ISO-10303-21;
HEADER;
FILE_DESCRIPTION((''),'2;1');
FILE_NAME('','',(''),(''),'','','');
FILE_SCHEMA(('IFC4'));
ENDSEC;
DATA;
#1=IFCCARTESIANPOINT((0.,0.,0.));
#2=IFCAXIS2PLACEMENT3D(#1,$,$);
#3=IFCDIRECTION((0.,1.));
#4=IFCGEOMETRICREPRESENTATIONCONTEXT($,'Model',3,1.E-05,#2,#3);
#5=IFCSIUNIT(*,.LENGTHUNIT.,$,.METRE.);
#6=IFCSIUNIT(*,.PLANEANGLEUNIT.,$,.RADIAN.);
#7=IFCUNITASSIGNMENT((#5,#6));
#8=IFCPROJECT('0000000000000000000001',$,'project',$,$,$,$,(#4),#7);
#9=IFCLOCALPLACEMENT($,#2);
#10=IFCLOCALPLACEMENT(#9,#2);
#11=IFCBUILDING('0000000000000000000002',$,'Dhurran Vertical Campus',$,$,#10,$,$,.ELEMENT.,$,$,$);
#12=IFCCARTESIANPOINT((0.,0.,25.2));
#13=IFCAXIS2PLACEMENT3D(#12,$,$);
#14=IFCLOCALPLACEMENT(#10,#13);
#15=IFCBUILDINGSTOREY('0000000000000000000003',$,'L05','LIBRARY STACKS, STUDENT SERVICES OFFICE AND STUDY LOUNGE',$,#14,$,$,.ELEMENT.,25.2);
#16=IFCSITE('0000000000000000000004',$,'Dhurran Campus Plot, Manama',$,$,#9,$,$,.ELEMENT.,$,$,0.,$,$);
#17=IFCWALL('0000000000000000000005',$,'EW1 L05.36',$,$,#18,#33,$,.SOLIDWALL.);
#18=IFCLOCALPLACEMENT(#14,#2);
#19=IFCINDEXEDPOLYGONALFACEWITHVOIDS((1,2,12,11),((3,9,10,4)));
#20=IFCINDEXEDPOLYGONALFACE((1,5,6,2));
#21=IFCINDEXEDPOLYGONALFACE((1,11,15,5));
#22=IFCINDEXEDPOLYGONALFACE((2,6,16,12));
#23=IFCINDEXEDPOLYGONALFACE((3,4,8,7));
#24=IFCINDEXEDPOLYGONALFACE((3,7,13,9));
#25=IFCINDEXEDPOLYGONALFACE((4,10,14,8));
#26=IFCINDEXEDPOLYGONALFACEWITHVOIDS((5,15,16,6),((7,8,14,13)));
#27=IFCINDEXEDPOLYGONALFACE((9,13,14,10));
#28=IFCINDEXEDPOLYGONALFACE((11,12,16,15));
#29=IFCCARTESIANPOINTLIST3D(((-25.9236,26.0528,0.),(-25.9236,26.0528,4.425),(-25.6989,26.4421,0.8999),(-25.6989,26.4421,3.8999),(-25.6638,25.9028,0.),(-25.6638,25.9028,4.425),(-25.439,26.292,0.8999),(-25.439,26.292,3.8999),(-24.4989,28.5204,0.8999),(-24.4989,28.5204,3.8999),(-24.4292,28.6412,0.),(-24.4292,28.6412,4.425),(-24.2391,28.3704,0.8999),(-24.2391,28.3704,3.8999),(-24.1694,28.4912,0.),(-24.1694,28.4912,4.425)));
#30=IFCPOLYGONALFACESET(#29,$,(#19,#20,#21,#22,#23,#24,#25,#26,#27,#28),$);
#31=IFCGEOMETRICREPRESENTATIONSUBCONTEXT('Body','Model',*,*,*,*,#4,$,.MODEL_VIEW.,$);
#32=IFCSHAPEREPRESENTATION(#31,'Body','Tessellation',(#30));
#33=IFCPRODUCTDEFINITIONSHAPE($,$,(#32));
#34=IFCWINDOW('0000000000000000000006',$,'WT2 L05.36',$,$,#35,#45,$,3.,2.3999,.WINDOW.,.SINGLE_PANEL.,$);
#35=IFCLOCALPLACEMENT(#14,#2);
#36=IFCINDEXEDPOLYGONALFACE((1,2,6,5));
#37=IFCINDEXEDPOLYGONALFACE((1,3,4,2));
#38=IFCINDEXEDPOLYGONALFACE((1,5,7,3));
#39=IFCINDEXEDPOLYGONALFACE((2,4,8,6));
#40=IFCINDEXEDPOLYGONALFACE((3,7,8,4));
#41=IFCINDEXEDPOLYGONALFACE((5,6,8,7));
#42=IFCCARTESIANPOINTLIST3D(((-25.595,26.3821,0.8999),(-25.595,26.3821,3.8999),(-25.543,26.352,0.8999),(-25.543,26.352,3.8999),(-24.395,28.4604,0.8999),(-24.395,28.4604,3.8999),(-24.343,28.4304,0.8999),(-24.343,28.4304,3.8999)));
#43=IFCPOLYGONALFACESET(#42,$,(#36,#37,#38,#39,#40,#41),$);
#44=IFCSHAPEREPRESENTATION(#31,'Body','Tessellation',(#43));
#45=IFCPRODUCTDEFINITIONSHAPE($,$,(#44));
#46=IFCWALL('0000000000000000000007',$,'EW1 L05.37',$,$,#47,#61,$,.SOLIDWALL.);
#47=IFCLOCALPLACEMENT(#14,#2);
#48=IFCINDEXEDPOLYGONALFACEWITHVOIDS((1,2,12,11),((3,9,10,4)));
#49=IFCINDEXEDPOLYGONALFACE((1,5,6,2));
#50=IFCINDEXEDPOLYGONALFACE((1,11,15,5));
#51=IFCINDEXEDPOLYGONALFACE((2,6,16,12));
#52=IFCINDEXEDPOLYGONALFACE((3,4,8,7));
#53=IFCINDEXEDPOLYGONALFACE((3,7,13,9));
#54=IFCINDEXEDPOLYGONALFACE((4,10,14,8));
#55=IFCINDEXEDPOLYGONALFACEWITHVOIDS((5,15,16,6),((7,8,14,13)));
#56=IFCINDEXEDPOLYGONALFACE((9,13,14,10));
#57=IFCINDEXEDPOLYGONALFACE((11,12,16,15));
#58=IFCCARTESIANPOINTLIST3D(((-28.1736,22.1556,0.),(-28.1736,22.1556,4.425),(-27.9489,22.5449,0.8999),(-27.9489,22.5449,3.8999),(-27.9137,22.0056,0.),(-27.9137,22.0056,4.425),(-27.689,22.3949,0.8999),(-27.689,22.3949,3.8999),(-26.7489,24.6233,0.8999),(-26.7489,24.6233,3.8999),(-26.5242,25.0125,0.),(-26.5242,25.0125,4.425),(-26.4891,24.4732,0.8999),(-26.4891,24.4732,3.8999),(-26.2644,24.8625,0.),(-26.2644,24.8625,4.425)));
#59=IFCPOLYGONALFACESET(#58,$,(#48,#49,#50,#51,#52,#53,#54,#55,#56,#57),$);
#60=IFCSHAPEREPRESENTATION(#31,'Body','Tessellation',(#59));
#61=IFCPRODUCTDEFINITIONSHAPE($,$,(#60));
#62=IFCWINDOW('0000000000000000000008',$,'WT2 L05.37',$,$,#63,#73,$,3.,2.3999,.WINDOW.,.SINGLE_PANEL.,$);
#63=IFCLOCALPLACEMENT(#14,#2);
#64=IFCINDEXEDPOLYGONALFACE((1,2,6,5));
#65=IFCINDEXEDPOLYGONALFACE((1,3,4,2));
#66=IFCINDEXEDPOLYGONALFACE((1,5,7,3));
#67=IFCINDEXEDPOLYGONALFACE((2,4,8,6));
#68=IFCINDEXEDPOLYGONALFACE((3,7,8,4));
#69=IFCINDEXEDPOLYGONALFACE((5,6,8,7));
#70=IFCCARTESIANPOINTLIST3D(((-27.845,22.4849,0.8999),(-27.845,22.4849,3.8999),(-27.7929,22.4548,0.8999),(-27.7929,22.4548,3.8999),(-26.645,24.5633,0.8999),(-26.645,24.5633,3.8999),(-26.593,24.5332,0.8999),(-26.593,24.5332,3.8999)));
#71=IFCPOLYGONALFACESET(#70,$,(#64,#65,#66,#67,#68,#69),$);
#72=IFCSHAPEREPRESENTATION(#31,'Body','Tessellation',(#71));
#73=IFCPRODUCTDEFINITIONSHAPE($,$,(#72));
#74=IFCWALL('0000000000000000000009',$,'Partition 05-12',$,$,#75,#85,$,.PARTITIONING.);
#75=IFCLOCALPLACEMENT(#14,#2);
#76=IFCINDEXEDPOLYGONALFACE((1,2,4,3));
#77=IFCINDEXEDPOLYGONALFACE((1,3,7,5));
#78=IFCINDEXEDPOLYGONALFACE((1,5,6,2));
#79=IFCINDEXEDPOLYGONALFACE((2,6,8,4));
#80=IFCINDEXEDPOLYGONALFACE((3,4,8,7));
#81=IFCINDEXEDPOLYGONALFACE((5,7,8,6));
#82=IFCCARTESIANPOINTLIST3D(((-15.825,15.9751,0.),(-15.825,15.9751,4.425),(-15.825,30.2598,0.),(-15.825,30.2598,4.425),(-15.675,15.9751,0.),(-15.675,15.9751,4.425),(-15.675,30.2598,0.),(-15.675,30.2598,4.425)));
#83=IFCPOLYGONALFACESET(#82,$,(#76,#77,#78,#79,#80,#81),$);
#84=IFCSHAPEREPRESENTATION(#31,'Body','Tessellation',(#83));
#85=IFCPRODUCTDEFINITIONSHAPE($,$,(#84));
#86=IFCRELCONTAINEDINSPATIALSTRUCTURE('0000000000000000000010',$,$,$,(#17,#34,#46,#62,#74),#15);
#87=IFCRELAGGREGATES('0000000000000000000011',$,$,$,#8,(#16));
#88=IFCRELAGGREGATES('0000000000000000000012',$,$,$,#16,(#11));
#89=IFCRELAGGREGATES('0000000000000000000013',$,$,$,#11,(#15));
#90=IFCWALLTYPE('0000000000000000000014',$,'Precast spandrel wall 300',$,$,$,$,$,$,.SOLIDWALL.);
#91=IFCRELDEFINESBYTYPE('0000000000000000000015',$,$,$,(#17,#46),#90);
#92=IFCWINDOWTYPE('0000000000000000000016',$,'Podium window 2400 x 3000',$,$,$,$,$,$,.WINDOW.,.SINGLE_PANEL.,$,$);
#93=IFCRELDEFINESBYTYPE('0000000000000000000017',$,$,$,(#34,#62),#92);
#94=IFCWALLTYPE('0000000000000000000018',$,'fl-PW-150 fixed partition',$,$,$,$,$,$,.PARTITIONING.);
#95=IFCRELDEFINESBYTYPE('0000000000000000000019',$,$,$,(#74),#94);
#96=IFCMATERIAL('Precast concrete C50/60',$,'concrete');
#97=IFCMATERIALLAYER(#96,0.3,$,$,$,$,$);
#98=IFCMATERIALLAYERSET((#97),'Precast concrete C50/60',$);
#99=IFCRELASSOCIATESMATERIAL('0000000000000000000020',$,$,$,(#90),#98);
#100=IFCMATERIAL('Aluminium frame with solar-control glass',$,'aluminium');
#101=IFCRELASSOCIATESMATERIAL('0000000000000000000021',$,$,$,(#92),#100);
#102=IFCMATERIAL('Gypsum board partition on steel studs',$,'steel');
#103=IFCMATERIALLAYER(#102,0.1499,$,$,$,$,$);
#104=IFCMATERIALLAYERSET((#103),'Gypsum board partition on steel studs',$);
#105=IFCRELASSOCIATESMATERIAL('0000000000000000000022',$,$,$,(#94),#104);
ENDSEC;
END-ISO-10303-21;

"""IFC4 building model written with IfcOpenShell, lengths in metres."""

from ifc_helpers import new_model, si_unit, direction, frame, frame_2d, origin, place, context, subcontext, project, spatial, rectangle, extrude, material, layer, layer_set, type_object, element, fill, save


model = new_model("IFC4")

# Units and contexts
model_context = context("Model", 3, precision=1e-05, world=origin(), true_north=direction((0.0, 1.0)))
body_context = subcontext(model_context, "Body", "Model", "MODEL_VIEW")
ifc_project = project(units=[si_unit("LENGTHUNIT", "METRE"), si_unit("PLANEANGLEUNIT", "RADIAN")], contexts=[model_context])

# Site, building, storey
site_placement = place(None, origin())
site = spatial("IfcSite", under=ifc_project, at=site_placement, Name="Dhurran Campus Plot, Manama", CompositionType="ELEMENT", RefElevation=0.0)
building_placement = place(site_placement, origin())
building = spatial("IfcBuilding", under=site, at=building_placement, Name="Dhurran Vertical Campus", CompositionType="ELEMENT")
storey_placement = place(building_placement, frame((0.0, 0.0, 25.2)))
storey = spatial("IfcBuildingStorey", under=building, at=storey_placement, Name="L05", Description="LIBRARY STACKS, STUDENT SERVICES OFFICE AND STUDY LOUNGE", CompositionType="ELEMENT", Elevation=25.2)

# Walls, openings, windows
ifc_material_1 = material(Name="Precast concrete C50/60", Category="concrete")
ifc_layer_1 = layer(ifc_material_1, 0.3)
ifc_layer_set_1 = layer_set([ifc_layer_1], Name="Precast concrete C50/60")
wall_type_1 = type_object("IfcWallType", Name="Precast spandrel wall 300", PredefinedType="SOLIDWALL", material=ifc_layer_set_1)
ifc_material_2 = material(Name="Aluminium frame with solar-control glass", Category="aluminium")
window_type = type_object("IfcWindowType", Name="Podium window 2400 x 3000", PartitioningType="SINGLE_PANEL", PredefinedType="WINDOW", material=ifc_material_2)
wall_1_placement = place(storey_placement, frame((-24.2993, 28.5662, 0.0), z_axis=(0.0, 0.0, 1.0), x_axis=(-0.499996, -0.866028, 0.0)))
wall_1 = element("IfcWall", 1, at=wall_1_placement, inside=storey, type_object=wall_type_1, Name="EW1 L05.36", PredefinedType="SOLIDWALL", context=body_context, shape_type="SweptSolid", body=[
    extrude(rectangle(XDim=2.9888, YDim=0.3, at=frame_2d((1.4944, 0.0))), origin(), (0.0, 0.0, 1.0), 4.425),
])
opening_1_placement = place(wall_1_placement, frame((0.1394, 0.0, 0.8999)))
opening_1 = element("IfcOpeningElement", 2, at=opening_1_placement, cuts=wall_1, PredefinedType="OPENING", context=body_context, shape_type="SweptSolid", body=[
    extrude(rectangle(XDim=2.3999, YDim=3.0, at=frame_2d((1.2, 1.5))), frame((0.0, 0.1599, 0.0), z_axis=(0.0, -1.0, 0.0), x_axis=(1.0, 0.0, 0.0)), (0.0, 0.0, 1.0), 0.3201),
])
window_1_placement = place(opening_1_placement, origin())
window_1 = element("IfcWindow", 3, at=window_1_placement, inside=storey, type_object=window_type, Name="WT2 L05.36", OverallHeight=3.0, OverallWidth=2.3999, PartitioningType="SINGLE_PANEL", PredefinedType="WINDOW", context=body_context, shape_type="SweptSolid", body=[
    extrude(rectangle(XDim=2.3999, YDim=3.0, at=frame_2d((1.2, 1.5))), frame((0.0, 0.03, 0.0), z_axis=(0.0, -1.0, 0.0), x_axis=(1.0, 0.0, 0.0)), (0.0, 0.0, 1.0), 0.0601),
])
fill(opening_1, window_1)
wall_2_placement = place(storey_placement, frame((-26.3943, 24.9375, 0.0), z_axis=(0.0, 0.0, 1.0), x_axis=(-0.499992, -0.86603, 0.0)))
wall_2 = element("IfcWall", 4, at=wall_2_placement, inside=storey, type_object=wall_type_1, Name="EW1 L05.37", PredefinedType="SOLIDWALL", context=body_context, shape_type="SweptSolid", body=[
    extrude(rectangle(XDim=3.2988, YDim=0.3, at=frame_2d((1.6494, 0.0))), origin(), (0.0, 0.0, 1.0), 4.425),
])
opening_2_placement = place(wall_2_placement, frame((0.4495, 0.0, 0.8999)))
opening_2 = element("IfcOpeningElement", 5, at=opening_2_placement, cuts=wall_2, PredefinedType="OPENING", context=body_context, shape_type="SweptSolid", body=[
    extrude(rectangle(XDim=2.3999, YDim=3.0, at=frame_2d((1.2, 1.5))), frame((0.0, 0.1599, 0.0), z_axis=(0.0, -1.0, 0.0), x_axis=(1.0, 0.0, 0.0)), (0.0, 0.0, 1.0), 0.3201),
])
window_2_placement = place(opening_2_placement, origin())
window_2 = element("IfcWindow", 6, at=window_2_placement, inside=storey, type_object=window_type, Name="WT2 L05.37", OverallHeight=3.0, OverallWidth=2.3999, PartitioningType="SINGLE_PANEL", PredefinedType="WINDOW", context=body_context, shape_type="SweptSolid", body=[
    extrude(rectangle(XDim=2.3999, YDim=3.0, at=frame_2d((1.2, 1.5))), frame((0.0, 0.03, 0.0), z_axis=(0.0, -1.0, 0.0), x_axis=(1.0, 0.0, 0.0)), (0.0, 0.0, 1.0), 0.0601),
])
fill(opening_2, window_2)

# Wall
ifc_material_3 = material(Name="Gypsum board partition on steel studs", Category="steel")
ifc_layer_2 = layer(ifc_material_3, 0.1499)
ifc_layer_set_2 = layer_set([ifc_layer_2], Name="Gypsum board partition on steel studs")
wall_type_2 = type_object("IfcWallType", Name="fl-PW-150 fixed partition", PredefinedType="PARTITIONING", material=ifc_layer_set_2)
wall_3_placement = place(storey_placement, frame((-15.75, 30.2598, 0.0), z_axis=(0.0, 0.0, 1.0), x_axis=(0.0, -1.0, 0.0)))
element("IfcWall", 7, at=wall_3_placement, inside=storey, type_object=wall_type_2, Name="Partition 05-12", PredefinedType="PARTITIONING", context=body_context, shape_type="SweptSolid", body=[
    extrude(rectangle(XDim=14.2847, YDim=0.1499, at=frame_2d((7.1423, 0.0))), origin(), (0.0, 0.0, 1.0), 4.425),
])

save(model, "model.ifc")
